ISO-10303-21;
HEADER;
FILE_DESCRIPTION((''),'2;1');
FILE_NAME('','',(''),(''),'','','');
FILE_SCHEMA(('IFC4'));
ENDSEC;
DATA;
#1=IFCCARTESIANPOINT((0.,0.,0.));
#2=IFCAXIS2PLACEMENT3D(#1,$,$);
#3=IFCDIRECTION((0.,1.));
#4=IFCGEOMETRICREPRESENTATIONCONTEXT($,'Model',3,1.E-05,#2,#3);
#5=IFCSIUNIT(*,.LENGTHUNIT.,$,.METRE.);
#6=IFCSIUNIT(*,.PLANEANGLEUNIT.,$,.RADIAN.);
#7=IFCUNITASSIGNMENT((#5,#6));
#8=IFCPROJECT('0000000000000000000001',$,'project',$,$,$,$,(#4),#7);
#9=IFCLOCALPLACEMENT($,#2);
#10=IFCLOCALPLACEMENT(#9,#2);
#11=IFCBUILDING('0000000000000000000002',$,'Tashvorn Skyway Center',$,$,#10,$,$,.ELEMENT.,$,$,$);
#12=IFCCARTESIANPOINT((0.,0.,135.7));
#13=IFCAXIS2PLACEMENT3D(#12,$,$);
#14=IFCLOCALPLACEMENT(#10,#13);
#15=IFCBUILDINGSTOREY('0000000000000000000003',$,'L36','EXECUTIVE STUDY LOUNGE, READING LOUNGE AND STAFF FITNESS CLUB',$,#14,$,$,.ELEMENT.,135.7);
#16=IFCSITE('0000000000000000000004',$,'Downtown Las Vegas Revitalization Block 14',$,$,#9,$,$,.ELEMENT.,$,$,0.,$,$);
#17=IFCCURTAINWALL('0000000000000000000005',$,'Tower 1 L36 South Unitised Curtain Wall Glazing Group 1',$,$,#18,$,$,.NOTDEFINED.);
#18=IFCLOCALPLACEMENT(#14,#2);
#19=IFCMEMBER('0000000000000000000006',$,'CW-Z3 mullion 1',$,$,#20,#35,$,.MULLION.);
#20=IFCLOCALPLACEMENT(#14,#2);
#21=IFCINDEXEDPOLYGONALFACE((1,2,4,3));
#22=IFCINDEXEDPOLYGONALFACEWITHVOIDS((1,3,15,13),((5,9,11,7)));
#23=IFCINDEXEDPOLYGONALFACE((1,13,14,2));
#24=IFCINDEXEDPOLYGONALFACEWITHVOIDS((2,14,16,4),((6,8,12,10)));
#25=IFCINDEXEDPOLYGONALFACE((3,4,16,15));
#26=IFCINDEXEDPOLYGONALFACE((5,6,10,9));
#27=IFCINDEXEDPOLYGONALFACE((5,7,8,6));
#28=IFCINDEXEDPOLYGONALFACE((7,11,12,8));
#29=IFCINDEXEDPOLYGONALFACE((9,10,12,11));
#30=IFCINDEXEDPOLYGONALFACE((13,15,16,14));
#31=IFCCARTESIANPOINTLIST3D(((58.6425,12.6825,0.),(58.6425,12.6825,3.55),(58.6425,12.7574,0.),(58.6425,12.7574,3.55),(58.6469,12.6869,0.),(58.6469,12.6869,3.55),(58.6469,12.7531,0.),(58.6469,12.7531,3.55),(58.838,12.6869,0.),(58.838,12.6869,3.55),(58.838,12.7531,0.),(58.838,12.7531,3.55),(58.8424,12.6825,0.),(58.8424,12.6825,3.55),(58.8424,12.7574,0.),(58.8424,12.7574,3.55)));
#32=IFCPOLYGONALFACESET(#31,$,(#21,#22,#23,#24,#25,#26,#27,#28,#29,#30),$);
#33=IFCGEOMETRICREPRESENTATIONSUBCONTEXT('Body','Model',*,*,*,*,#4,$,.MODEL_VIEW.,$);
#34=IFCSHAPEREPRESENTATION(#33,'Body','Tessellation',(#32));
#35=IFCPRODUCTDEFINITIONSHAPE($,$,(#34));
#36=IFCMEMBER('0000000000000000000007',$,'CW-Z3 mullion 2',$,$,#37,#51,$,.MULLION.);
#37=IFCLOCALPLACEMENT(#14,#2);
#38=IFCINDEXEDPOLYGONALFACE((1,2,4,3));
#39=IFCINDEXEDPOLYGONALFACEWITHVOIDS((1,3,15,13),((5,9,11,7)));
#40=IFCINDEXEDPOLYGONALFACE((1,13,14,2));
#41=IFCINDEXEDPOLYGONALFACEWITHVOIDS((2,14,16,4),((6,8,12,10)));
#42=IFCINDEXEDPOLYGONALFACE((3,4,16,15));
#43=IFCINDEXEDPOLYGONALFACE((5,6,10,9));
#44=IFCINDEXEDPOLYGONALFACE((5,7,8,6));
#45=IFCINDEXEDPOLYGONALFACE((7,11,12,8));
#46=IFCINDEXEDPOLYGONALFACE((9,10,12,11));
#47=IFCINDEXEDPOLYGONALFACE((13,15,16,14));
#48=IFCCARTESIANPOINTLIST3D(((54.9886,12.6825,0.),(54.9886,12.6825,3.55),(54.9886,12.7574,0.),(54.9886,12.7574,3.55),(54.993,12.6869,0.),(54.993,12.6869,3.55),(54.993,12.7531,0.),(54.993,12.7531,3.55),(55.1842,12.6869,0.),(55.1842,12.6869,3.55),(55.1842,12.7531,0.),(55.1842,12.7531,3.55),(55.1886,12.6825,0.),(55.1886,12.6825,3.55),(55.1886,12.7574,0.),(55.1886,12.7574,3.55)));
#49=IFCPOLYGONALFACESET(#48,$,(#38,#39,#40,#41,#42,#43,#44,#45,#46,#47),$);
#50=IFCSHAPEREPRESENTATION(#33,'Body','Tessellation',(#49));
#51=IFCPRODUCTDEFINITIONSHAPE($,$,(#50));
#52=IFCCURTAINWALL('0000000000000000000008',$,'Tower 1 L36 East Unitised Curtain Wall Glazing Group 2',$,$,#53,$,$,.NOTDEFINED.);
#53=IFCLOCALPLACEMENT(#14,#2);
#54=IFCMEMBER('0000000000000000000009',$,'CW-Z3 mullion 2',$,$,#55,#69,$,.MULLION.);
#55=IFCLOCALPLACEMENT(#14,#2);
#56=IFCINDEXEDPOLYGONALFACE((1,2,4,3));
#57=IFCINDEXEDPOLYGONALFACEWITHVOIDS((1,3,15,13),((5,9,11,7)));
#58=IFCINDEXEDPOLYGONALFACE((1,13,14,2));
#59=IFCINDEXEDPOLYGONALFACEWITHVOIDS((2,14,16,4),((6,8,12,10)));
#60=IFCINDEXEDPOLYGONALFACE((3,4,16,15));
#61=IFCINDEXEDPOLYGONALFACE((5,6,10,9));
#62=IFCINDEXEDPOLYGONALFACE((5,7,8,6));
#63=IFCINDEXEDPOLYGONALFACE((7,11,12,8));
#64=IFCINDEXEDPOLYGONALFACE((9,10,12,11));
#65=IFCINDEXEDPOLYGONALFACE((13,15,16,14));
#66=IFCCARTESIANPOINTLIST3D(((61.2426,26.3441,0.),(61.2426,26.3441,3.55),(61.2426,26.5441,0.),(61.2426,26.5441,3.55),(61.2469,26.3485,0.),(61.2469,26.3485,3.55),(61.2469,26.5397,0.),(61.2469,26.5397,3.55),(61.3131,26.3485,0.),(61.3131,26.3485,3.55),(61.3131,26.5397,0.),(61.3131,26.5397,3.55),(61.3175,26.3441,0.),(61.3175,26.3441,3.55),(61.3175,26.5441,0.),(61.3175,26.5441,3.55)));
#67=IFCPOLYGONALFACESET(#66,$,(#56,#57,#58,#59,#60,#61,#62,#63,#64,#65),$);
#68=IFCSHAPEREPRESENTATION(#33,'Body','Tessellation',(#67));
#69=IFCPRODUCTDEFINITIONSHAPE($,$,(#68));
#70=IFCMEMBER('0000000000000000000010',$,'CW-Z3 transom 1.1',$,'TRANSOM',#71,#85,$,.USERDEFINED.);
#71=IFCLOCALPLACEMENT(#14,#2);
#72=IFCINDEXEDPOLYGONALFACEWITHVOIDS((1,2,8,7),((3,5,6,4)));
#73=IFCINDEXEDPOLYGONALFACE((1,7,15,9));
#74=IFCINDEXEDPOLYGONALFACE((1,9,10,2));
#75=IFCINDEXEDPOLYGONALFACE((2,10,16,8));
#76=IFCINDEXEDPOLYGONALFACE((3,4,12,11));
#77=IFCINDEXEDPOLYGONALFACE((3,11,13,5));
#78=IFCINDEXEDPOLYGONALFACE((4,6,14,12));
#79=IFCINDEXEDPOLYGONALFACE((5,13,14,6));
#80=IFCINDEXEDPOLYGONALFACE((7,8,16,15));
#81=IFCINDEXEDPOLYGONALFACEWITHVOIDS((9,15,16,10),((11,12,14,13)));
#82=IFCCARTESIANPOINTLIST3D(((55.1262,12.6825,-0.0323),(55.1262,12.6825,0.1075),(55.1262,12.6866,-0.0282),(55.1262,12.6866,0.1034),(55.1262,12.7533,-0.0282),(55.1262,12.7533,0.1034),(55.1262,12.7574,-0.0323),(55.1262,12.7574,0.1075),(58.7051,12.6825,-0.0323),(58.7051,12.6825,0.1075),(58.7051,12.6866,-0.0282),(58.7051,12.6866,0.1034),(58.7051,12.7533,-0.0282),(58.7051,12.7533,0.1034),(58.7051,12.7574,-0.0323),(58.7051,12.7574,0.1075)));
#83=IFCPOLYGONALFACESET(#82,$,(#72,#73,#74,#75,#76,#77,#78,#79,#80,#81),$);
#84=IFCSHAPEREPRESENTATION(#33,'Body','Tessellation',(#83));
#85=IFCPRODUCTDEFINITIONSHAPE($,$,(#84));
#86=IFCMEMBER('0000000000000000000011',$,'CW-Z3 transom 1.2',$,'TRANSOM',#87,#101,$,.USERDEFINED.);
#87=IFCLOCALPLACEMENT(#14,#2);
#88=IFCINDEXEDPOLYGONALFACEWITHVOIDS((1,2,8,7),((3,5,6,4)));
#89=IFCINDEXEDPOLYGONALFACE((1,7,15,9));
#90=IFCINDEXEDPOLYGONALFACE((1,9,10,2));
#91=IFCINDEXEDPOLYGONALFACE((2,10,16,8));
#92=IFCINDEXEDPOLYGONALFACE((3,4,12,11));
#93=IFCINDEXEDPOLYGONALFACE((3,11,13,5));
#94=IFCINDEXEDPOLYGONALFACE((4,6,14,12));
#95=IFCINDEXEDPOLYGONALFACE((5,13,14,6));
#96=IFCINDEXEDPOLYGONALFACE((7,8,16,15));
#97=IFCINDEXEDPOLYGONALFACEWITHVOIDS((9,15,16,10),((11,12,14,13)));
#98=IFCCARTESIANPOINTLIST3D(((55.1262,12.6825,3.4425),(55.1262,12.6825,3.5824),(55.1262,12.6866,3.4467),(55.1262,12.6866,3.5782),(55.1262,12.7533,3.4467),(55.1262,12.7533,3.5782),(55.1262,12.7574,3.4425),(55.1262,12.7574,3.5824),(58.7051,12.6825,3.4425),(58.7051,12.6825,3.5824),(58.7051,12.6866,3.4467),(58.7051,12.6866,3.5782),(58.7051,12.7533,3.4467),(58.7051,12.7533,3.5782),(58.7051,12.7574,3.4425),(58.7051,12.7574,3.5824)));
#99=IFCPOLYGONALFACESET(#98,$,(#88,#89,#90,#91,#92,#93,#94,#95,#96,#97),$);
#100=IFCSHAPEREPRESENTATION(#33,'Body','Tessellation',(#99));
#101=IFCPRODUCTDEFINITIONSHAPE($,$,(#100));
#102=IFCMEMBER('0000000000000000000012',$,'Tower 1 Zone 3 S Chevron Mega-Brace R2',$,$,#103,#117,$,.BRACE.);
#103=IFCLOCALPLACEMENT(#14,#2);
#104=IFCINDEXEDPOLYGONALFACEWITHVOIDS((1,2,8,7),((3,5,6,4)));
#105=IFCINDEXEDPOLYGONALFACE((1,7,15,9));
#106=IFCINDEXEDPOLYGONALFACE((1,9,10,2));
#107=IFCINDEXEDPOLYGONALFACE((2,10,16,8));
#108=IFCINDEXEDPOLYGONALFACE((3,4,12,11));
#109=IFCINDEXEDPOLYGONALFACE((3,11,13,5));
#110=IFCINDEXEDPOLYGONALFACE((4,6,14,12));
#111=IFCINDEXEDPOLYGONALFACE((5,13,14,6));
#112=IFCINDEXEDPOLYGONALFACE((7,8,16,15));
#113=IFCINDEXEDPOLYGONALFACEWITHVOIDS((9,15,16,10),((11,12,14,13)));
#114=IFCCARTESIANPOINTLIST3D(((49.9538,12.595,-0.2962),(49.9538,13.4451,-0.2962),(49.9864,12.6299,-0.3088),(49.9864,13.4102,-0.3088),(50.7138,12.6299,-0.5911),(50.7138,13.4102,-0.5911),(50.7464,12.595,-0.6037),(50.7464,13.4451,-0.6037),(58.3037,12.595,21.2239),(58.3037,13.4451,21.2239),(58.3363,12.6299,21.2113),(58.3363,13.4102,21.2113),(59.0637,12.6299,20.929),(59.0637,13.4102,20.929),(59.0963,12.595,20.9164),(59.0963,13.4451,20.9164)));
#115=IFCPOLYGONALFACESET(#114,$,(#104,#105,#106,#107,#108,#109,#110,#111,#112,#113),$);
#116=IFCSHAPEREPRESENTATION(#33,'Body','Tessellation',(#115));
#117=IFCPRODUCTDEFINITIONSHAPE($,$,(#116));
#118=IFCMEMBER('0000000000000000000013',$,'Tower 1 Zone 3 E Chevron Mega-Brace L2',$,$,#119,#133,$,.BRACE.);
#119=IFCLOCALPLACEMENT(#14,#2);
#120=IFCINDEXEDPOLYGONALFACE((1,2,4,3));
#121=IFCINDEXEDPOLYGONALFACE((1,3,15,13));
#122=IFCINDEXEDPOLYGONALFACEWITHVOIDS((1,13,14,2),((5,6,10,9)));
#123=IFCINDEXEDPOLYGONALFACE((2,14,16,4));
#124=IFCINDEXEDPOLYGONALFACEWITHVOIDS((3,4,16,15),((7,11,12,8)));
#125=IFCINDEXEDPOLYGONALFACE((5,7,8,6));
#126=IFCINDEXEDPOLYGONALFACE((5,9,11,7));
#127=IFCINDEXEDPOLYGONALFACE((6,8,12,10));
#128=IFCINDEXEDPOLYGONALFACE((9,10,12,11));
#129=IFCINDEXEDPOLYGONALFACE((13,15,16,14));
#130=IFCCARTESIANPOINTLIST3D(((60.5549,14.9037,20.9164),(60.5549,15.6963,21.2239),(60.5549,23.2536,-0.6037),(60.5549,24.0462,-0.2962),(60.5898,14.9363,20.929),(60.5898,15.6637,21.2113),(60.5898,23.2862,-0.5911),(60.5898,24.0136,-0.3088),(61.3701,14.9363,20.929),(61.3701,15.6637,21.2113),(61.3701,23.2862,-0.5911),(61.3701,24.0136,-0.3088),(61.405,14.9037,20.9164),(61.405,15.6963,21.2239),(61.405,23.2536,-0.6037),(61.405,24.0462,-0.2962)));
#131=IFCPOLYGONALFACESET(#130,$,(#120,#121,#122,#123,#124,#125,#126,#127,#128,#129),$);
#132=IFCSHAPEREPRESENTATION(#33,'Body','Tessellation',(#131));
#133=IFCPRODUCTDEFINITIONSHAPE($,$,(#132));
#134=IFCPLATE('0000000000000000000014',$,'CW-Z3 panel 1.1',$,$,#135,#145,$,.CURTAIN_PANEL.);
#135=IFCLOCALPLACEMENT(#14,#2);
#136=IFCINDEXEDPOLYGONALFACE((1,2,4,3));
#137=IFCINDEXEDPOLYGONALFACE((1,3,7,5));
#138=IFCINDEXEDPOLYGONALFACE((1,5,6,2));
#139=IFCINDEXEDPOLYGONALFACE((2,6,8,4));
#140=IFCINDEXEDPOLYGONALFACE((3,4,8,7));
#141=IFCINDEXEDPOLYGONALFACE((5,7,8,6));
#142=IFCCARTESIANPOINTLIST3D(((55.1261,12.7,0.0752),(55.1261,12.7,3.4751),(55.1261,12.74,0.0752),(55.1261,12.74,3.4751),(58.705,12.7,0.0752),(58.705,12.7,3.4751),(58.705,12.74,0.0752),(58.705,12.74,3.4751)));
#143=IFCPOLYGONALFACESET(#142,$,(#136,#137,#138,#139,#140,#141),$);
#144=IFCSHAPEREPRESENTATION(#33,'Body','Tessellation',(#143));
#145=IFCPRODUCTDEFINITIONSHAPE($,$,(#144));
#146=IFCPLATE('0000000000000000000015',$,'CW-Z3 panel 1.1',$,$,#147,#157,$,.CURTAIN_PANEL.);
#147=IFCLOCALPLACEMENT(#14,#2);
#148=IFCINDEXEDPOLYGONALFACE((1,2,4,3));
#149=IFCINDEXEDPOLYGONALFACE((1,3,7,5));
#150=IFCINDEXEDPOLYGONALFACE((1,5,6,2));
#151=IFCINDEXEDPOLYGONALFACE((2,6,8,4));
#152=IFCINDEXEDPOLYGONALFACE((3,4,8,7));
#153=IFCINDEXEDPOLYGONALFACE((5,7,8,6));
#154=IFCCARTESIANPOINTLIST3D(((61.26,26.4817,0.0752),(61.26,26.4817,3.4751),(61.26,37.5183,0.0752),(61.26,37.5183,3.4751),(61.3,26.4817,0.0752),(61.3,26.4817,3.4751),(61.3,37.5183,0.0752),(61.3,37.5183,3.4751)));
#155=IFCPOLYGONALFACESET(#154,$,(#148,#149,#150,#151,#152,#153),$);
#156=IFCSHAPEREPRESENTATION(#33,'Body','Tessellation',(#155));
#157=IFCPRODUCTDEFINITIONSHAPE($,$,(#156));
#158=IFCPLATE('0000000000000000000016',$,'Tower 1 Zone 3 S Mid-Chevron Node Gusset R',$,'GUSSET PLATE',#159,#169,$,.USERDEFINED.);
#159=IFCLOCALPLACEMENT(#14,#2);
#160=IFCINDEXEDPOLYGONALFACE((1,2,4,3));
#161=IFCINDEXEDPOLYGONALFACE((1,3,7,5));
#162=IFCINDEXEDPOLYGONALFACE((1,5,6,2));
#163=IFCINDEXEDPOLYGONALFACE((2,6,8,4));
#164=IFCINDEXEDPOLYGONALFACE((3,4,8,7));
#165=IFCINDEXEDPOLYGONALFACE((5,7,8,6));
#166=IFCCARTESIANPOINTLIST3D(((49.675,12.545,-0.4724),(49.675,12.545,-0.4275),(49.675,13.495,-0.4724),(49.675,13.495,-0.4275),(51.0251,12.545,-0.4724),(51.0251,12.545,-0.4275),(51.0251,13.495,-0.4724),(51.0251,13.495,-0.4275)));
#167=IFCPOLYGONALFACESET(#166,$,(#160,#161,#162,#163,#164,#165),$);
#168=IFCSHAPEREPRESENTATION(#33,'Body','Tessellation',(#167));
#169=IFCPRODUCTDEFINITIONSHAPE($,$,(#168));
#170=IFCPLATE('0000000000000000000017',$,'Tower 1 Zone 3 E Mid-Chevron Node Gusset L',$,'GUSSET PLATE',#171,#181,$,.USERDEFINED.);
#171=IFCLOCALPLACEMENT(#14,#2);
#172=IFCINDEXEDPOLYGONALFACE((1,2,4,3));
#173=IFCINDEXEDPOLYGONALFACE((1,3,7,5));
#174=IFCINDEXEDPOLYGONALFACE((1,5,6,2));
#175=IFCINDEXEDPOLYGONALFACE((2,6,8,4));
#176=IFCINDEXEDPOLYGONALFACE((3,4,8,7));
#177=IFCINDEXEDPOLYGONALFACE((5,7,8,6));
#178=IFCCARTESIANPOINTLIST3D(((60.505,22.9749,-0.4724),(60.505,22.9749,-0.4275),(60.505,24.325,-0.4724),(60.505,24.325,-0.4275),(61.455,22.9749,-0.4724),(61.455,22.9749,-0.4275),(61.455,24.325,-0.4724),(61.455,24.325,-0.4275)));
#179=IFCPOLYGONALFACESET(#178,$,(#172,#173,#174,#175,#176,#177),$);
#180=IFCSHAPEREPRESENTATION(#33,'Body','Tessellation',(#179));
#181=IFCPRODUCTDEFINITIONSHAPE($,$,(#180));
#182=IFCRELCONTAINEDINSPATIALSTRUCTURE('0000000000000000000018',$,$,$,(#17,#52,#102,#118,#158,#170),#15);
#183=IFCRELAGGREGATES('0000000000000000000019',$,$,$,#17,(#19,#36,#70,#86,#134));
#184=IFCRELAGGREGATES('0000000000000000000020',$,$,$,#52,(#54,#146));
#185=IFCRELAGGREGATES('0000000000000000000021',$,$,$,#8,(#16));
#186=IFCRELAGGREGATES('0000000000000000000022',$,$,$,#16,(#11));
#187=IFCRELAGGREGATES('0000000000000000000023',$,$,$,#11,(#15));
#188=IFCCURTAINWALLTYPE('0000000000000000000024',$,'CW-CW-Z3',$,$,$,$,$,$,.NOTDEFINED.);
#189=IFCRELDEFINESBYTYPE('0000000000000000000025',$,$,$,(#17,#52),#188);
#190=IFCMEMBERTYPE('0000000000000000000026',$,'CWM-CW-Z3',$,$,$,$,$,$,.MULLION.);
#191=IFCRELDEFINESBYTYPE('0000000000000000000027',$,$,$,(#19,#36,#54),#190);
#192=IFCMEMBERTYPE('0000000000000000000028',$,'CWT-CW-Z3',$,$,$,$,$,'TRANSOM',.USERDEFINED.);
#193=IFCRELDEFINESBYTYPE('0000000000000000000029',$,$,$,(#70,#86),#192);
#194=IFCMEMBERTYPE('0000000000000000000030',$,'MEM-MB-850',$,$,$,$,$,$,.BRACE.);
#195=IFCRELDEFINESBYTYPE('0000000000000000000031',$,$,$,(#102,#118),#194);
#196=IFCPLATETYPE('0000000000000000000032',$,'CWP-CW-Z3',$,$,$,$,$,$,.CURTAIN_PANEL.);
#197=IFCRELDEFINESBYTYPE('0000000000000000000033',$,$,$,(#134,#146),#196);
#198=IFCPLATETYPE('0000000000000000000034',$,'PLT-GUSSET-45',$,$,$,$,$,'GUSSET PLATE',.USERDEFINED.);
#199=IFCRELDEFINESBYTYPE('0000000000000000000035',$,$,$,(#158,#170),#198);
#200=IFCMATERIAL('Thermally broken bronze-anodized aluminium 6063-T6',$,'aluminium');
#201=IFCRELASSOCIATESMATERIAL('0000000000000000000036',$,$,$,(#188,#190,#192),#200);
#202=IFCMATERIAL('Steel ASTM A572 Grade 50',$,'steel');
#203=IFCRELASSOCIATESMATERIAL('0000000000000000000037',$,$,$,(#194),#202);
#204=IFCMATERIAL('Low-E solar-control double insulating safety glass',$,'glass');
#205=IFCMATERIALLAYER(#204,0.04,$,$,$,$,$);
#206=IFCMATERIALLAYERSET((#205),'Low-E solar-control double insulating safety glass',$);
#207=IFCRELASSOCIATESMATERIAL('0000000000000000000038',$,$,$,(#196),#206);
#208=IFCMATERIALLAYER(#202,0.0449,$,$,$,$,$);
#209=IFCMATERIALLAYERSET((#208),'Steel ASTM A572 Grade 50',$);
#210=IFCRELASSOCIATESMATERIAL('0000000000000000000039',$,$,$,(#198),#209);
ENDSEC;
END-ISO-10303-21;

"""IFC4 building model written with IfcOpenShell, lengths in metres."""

from ifc_helpers import new_model, si_unit, direction, frame, origin, origin_2d, place, context, subcontext, project, spatial, rectangle, hollow_rectangle, extrude, material, layer, layer_set, material_profile, profile_set, type_object, element, aggregate, save


model = new_model("IFC4")

# Units and contexts
model_context = context("Model", 3, precision=1e-05, world=origin(), true_north=direction((0.0, 1.0)))
body_context = subcontext(model_context, "Body", "Model", "MODEL_VIEW")
ifc_project = project(units=[si_unit("LENGTHUNIT", "METRE"), si_unit("PLANEANGLEUNIT", "RADIAN")], contexts=[model_context])

# Site, building, storey
site_placement = place(None, origin())
site = spatial("IfcSite", under=ifc_project, at=site_placement, Name="Downtown Las Vegas Revitalization Block 14", CompositionType="ELEMENT", RefElevation=0.0)
building_placement = place(site_placement, origin())
building = spatial("IfcBuilding", under=site, at=building_placement, Name="Tashvorn Skyway Center", CompositionType="ELEMENT")
storey_placement = place(building_placement, frame((0.0, 0.0, 135.7)))
storey = spatial("IfcBuildingStorey", under=building, at=storey_placement, Name="L36", Description="EXECUTIVE STUDY LOUNGE, READING LOUNGE AND STAFF FITNESS CLUB", CompositionType="ELEMENT", Elevation=135.7)

# Shared definitions
ifc_material_1 = material(Name="Steel ASTM A572 Grade 50", Category="steel")

# Curtain wall, members
ifc_material_2 = material(Name="Thermally broken bronze-anodized aluminium 6063-T6", Category="aluminium")
curtain_wall_type = type_object("IfcCurtainWallType", Name="CW-CW-Z3", PredefinedType="NOTDEFINED", material=ifc_material_2)
curtain_wall_1_placement = place(storey_placement, origin())
curtain_wall_1 = element("IfcCurtainWall", 1, at=curtain_wall_1_placement, inside=storey, type_object=curtain_wall_type, Name="Tower 1 L36 South Unitised Curtain Wall Glazing Group 1", PredefinedType="NOTDEFINED")
ifc_material_profile_1 = material_profile(ifc_material_2, hollow_rectangle(XDim=0.075, YDim=0.2, WallThickness=0.0044, at=origin_2d()), Name="ALU-MULL-75x200")
ifc_profile_set_1 = profile_set([ifc_material_profile_1], Name="Thermally broken bronze-anodized aluminium 6063-T6")
member_type_1 = type_object("IfcMemberType", Name="CWM-CW-Z3", PredefinedType="MULLION", material=ifc_profile_set_1)
member_1_placement = place(storey_placement, frame((58.7424, 12.72, 0.0), z_axis=(0.0, 0.0, 1.0), x_axis=(0.0, -1.0, 0.0)))
member_1 = element("IfcMember", 2, at=member_1_placement, type_object=member_type_1, Name="CW-Z3 mullion 1", PredefinedType="MULLION", context=body_context, shape_type="SweptSolid", body=[
    extrude(hollow_rectangle(XDim=0.075, YDim=0.2, WallThickness=0.0044, at=origin_2d()), origin(), (0.0, 0.0, 1.0), 3.55),
])
member_2_placement = place(storey_placement, frame((55.0886, 12.72, 0.0), z_axis=(0.0, 0.0, 1.0), x_axis=(0.0, -1.0, 0.0)))
member_2 = element("IfcMember", 3, at=member_2_placement, type_object=member_type_1, Name="CW-Z3 mullion 2", PredefinedType="MULLION", context=body_context, shape_type="SweptSolid", body=[
    extrude(hollow_rectangle(XDim=0.075, YDim=0.2, WallThickness=0.0044, at=origin_2d()), origin(), (0.0, 0.0, 1.0), 3.55),
])

# Curtain wall, member
curtain_wall_2_placement = place(storey_placement, origin())
curtain_wall_2 = element("IfcCurtainWall", 4, at=curtain_wall_2_placement, inside=storey, type_object=curtain_wall_type, Name="Tower 1 L36 East Unitised Curtain Wall Glazing Group 2", PredefinedType="NOTDEFINED")
member_3_placement = place(storey_placement, frame((61.28, 26.4441, 0.0), z_axis=(0.0, 0.0, 1.0), x_axis=(1.0, 0.0, 0.0)))
member_3 = element("IfcMember", 5, at=member_3_placement, type_object=member_type_1, Name="CW-Z3 mullion 2", PredefinedType="MULLION", context=body_context, shape_type="SweptSolid", body=[
    extrude(hollow_rectangle(XDim=0.075, YDim=0.2, WallThickness=0.0044, at=origin_2d()), origin(), (0.0, 0.0, 1.0), 3.55),
])

# Members
ifc_material_profile_2 = material_profile(ifc_material_2, hollow_rectangle(XDim=0.075, YDim=0.1399, WallThickness=0.0042, at=origin_2d()), Name="ALU-TRAN-75x140")
ifc_profile_set_2 = profile_set([ifc_material_profile_2], Name="Thermally broken bronze-anodized aluminium 6063-T6")
member_type_2 = type_object("IfcMemberType", Name="CWT-CW-Z3", ElementType="TRANSOM", PredefinedType="USERDEFINED", material=ifc_profile_set_2)
member_4_placement = place(storey_placement, frame((58.7051, 12.72, 0.0376), z_axis=(-1.0, 0.0, 0.0), x_axis=(0.0, -1.0, 0.0)))
member_4 = element("IfcMember", 6, at=member_4_placement, type_object=member_type_2, Name="CW-Z3 transom 1.1", ObjectType="TRANSOM", PredefinedType="USERDEFINED", context=body_context, shape_type="SweptSolid", body=[
    extrude(hollow_rectangle(XDim=0.075, YDim=0.1399, WallThickness=0.0042, at=origin_2d()), origin(), (0.0, 0.0, 1.0), 3.5789),
])
member_5_placement = place(storey_placement, frame((58.7051, 12.72, 3.5125), z_axis=(-1.0, 0.0, 0.0), x_axis=(0.0, -1.0, 0.0)))
member_5 = element("IfcMember", 7, at=member_5_placement, type_object=member_type_2, Name="CW-Z3 transom 1.2", ObjectType="TRANSOM", PredefinedType="USERDEFINED", context=body_context, shape_type="SweptSolid", body=[
    extrude(hollow_rectangle(XDim=0.075, YDim=0.1399, WallThickness=0.0042, at=origin_2d()), origin(), (0.0, 0.0, 1.0), 3.5789),
])

# Members
ifc_material_profile_3 = material_profile(ifc_material_1, hollow_rectangle(XDim=0.8501, YDim=0.8501, WallThickness=0.0349, at=origin_2d()), Name="BOX850x850x35")
ifc_profile_set_3 = profile_set([ifc_material_profile_3], Name="Steel ASTM A572 Grade 50")
member_type_3 = type_object("IfcMemberType", Name="MEM-MB-850", PredefinedType="BRACE", material=ifc_profile_set_3)
for number, where, z_axis, x_axis, name in (
    (8, (50.3501, 13.02, -0.45), (0.36173, 0.0, 0.932283), (0.0, 1.0, 0.0), "Tower 1 Zone 3 S Chevron Mega-Brace R2"),
    (9, (60.98, 23.6499, -0.45), (0.0, -0.36173, 0.932283), (1.0, 0.0, 0.0), "Tower 1 Zone 3 E Chevron Mega-Brace L2"),
):
    element("IfcMember", number, at=place(storey_placement, frame(where, z_axis=z_axis, x_axis=x_axis)), inside=storey, type_object=member_type_3, Name=name, PredefinedType="BRACE", context=body_context, shape_type="SweptSolid", body=[
        extrude(hollow_rectangle(XDim=0.8501, YDim=0.8501, WallThickness=0.0349, at=origin_2d()), origin(), (0.0, 0.0, 1.0), 23.0833),
    ])

# Plates
ifc_material_3 = material(Name="Low-E solar-control double insulating safety glass", Category="glass")
ifc_layer_1 = layer(ifc_material_3, 0.04)
ifc_layer_set_1 = layer_set([ifc_layer_1], Name="Low-E solar-control double insulating safety glass")
plate_type_1 = type_object("IfcPlateType", Name="CWP-CW-Z3", PredefinedType="CURTAIN_PANEL", material=ifc_layer_set_1)
plate_1_placement = place(storey_placement, frame((56.9155, 12.72, 0.0752), z_axis=(0.0, 0.0, 1.0), x_axis=(-1.0, 0.0, 0.0)))
plate_1 = element("IfcPlate", 10, at=plate_1_placement, type_object=plate_type_1, Name="CW-Z3 panel 1.1", PredefinedType="CURTAIN_PANEL", context=body_context, shape_type="SweptSolid", body=[
    extrude(rectangle(XDim=3.5789, YDim=0.04, at=origin_2d()), origin(), (0.0, 0.0, 1.0), 3.3999),
])
aggregate(curtain_wall_1, [member_1, member_2, member_4, member_5, plate_1])
plate_2_placement = place(storey_placement, frame((61.28, 32.0, 0.0752), z_axis=(0.0, 0.0, 1.0), x_axis=(0.0, -1.0, 0.0)))
plate_2 = element("IfcPlate", 11, at=plate_2_placement, type_object=plate_type_1, Name="CW-Z3 panel 1.1", PredefinedType="CURTAIN_PANEL", context=body_context, shape_type="SweptSolid", body=[
    extrude(rectangle(XDim=11.0366, YDim=0.04, at=origin_2d()), origin(), (0.0, 0.0, 1.0), 3.3999),
])
aggregate(curtain_wall_2, [member_3, plate_2])

# Plates
ifc_layer_2 = layer(ifc_material_1, 0.0449)
ifc_layer_set_2 = layer_set([ifc_layer_2], Name="Steel ASTM A572 Grade 50")
plate_type_2 = type_object("IfcPlateType", Name="PLT-GUSSET-45", ElementType="GUSSET PLATE", PredefinedType="USERDEFINED", material=ifc_layer_set_2)
for number, where, z_axis, x_axis, name in (
    (12, (50.3501, 13.02, -0.4724), (0.0, 0.0, 1.0), (1.0, 0.0, 0.0), "Tower 1 Zone 3 S Mid-Chevron Node Gusset R"),
    (13, (60.98, 23.6499, -0.4724), (0.0, 0.0, 1.0), (0.0, 1.0, 0.0), "Tower 1 Zone 3 E Mid-Chevron Node Gusset L"),
):
    element("IfcPlate", number, at=place(storey_placement, frame(where, z_axis=z_axis, x_axis=x_axis)), inside=storey, type_object=plate_type_2, Name=name, ObjectType="GUSSET PLATE", PredefinedType="USERDEFINED", context=body_context, shape_type="SweptSolid", body=[
        extrude(rectangle(XDim=1.3501, YDim=0.95, at=origin_2d()), origin(), (0.0, 0.0, 1.0), 0.0449),
    ])

save(model, "model.ifc")
